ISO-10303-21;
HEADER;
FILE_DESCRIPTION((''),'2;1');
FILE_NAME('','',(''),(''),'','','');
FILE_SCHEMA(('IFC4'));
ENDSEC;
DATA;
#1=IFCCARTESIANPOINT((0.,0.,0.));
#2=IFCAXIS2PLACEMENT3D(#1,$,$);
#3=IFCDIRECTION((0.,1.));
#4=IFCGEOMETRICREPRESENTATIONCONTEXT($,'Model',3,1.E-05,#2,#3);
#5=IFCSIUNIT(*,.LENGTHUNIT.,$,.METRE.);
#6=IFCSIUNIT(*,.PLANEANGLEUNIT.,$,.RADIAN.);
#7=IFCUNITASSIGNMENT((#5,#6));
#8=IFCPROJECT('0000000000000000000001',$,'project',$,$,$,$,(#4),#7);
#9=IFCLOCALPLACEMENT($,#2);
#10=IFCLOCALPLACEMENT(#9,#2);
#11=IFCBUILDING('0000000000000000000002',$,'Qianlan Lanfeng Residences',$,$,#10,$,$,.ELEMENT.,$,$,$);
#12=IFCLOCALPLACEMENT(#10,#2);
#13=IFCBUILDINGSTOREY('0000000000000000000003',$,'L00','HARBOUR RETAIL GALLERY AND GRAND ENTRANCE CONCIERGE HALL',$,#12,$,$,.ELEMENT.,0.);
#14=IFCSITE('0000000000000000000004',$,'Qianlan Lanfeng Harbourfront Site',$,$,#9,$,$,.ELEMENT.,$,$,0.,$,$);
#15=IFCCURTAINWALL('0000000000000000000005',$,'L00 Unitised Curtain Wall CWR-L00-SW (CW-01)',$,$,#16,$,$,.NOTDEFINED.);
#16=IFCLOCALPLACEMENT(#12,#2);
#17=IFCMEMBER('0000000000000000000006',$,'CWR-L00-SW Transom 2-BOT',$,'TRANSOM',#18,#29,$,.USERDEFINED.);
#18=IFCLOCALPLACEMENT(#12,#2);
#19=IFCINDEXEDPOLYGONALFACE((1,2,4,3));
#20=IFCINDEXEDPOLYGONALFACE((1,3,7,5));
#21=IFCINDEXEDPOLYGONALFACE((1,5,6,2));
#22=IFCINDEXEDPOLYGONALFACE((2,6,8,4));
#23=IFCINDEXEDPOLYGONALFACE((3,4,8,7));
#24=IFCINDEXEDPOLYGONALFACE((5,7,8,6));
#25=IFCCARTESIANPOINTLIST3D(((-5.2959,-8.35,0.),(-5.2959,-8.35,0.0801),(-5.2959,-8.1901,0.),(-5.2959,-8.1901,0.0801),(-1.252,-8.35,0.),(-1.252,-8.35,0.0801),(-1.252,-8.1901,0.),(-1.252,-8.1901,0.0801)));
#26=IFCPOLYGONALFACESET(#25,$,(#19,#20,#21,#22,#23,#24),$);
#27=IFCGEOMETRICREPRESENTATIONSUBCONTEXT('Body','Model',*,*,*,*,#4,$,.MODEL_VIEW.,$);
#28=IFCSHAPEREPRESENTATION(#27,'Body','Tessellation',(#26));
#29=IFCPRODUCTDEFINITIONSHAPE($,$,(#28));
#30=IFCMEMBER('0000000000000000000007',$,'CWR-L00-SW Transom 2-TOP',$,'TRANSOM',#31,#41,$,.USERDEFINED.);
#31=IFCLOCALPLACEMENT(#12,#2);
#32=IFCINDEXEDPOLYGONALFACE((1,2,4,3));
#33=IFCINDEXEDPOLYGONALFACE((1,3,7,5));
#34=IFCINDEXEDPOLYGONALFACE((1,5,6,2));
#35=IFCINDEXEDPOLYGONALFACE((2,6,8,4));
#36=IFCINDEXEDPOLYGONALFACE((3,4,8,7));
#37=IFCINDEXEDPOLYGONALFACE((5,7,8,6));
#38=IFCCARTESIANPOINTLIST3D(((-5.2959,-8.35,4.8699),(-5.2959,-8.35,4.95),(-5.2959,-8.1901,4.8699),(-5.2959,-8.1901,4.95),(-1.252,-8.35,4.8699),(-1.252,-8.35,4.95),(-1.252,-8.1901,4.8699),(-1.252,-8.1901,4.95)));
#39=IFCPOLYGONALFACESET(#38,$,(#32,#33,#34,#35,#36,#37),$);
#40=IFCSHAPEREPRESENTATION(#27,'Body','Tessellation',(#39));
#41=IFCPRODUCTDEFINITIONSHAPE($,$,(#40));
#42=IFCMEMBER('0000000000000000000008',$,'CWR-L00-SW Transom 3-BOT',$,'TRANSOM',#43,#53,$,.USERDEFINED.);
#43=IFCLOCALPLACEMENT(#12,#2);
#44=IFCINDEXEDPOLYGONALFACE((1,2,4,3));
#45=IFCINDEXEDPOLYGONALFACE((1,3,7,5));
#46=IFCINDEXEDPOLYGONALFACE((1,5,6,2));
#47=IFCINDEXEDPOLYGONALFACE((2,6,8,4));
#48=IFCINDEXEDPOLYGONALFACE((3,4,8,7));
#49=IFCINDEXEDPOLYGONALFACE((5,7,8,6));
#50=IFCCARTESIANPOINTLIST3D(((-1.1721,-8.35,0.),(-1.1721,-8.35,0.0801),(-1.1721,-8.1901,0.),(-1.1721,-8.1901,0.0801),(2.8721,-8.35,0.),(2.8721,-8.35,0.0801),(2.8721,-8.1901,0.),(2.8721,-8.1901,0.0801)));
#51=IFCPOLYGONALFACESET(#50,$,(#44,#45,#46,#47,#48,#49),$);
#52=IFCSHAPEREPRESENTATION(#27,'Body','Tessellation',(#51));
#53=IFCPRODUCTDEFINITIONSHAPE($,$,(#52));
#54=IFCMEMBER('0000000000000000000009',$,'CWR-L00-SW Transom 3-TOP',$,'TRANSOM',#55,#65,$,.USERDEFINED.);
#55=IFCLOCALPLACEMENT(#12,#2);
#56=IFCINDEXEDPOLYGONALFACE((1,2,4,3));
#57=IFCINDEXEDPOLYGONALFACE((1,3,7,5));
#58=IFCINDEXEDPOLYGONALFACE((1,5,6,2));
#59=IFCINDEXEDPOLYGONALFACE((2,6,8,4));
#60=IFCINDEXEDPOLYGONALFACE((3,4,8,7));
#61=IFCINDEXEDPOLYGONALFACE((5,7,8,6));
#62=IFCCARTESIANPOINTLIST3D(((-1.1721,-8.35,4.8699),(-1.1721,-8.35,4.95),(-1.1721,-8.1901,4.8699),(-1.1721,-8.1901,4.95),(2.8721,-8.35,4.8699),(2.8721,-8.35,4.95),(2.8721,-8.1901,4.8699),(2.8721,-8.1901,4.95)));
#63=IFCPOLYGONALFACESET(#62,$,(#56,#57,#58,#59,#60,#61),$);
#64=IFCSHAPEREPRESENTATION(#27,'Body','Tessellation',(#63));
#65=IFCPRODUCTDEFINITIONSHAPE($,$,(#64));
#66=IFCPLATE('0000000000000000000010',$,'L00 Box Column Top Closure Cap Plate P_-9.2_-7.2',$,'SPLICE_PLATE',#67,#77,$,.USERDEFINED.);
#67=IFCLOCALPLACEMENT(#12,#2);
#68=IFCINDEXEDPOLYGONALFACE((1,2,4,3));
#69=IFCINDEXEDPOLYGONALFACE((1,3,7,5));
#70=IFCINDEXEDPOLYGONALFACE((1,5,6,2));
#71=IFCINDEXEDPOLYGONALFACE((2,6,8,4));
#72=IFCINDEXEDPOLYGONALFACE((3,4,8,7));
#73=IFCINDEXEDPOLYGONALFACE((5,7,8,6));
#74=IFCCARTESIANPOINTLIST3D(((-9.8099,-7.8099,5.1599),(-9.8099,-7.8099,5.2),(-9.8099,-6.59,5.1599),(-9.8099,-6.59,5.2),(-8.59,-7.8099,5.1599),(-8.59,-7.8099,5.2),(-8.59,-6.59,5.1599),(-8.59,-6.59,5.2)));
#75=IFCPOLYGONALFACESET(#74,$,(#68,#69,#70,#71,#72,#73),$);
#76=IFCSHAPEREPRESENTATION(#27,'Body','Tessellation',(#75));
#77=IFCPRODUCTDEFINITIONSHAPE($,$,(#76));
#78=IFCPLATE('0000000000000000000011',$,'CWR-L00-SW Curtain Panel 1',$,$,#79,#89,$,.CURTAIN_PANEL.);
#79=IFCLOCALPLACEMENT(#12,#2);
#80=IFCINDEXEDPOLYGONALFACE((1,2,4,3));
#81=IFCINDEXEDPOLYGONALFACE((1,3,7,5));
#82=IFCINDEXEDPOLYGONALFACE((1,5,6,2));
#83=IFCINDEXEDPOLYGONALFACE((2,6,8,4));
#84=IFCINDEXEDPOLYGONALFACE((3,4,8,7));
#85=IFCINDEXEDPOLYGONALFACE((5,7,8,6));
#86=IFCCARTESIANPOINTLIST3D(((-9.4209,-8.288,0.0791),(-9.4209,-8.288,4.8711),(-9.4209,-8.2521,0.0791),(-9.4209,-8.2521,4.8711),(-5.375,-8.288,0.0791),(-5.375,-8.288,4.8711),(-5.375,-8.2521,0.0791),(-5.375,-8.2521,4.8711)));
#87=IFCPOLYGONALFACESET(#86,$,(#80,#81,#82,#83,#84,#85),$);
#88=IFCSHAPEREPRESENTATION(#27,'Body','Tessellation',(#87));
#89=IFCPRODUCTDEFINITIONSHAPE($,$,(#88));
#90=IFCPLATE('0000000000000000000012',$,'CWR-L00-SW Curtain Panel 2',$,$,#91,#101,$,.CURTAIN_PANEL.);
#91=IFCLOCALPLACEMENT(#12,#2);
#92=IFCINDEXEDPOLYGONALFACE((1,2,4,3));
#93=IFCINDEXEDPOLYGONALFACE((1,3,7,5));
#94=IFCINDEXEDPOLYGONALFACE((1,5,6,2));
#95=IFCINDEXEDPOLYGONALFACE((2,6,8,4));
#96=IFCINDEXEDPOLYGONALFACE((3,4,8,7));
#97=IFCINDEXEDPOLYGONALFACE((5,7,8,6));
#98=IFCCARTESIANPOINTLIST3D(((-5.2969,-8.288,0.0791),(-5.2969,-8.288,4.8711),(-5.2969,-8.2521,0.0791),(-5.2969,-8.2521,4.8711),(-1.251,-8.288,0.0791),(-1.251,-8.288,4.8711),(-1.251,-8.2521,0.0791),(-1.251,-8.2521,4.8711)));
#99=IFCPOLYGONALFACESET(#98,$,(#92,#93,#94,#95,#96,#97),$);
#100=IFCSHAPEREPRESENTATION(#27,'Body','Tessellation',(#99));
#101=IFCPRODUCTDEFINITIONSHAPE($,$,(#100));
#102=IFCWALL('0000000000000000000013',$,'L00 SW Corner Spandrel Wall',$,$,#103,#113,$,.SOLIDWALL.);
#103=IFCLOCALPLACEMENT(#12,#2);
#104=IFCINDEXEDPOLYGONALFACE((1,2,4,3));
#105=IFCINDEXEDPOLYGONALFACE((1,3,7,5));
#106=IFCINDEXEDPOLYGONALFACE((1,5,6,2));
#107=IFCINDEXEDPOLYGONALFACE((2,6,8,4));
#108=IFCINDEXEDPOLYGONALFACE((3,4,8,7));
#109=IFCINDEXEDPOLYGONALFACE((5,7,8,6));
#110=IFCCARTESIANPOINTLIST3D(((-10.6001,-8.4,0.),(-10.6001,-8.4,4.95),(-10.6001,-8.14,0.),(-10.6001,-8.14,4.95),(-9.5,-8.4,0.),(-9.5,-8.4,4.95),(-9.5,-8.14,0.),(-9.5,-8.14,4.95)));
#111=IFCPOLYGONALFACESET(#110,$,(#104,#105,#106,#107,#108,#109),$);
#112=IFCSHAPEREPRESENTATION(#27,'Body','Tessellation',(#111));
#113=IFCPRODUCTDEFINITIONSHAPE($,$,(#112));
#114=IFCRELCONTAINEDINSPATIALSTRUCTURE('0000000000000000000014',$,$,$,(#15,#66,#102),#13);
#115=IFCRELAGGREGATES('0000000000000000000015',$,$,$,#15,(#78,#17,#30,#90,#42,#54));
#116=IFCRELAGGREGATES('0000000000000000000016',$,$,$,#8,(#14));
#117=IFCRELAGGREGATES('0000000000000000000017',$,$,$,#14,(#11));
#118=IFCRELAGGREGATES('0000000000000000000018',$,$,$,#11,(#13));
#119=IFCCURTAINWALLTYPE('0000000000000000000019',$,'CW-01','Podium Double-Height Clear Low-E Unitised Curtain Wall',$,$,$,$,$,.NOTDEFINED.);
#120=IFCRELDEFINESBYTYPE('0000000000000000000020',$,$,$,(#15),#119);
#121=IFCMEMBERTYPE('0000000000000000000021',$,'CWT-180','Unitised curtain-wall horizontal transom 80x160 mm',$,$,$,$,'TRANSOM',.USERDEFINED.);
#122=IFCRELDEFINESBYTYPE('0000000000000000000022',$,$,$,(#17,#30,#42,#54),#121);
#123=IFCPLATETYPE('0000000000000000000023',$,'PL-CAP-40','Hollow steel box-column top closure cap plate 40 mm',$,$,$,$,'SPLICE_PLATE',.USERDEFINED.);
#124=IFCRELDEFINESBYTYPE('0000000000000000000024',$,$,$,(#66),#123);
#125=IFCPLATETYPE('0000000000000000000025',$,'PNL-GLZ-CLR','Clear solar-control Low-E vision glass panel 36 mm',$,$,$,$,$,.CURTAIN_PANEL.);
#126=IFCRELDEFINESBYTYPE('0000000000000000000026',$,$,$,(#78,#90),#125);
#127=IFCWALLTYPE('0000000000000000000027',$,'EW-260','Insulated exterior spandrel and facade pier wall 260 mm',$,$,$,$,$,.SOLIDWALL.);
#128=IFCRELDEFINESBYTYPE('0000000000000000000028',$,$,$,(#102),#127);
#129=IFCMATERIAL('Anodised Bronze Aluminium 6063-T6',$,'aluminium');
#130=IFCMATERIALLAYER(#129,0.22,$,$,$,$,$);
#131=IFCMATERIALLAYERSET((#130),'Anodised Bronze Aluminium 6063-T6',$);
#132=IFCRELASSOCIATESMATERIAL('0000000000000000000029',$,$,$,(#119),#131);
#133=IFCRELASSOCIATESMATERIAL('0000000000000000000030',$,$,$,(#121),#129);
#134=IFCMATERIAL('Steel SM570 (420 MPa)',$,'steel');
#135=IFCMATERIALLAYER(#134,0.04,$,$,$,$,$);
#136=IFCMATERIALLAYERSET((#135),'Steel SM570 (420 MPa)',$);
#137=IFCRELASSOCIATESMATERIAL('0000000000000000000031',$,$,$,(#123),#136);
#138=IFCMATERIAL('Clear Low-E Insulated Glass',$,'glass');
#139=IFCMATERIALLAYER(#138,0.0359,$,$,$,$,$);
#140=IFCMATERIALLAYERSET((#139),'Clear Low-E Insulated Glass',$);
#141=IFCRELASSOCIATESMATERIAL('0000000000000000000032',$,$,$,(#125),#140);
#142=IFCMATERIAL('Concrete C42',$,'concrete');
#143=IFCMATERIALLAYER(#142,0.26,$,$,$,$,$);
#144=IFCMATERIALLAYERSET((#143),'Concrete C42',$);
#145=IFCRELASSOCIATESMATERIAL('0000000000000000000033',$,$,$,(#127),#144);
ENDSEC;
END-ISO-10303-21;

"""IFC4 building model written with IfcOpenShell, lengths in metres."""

from ifc_helpers import new_model, si_unit, direction, frame, frame_2d, origin, origin_2d, place, context, subcontext, project, spatial, rectangle, extrude, source, transform, mapped, material, layer, layer_set, material_profile, profile_set, type_object, element, aggregate, save


model = new_model("IFC4")

# Units and contexts
model_context = context("Model", 3, precision=1e-05, world=origin(), true_north=direction((0.0, 1.0)))
body_context = subcontext(model_context, "Body", "Model", "MODEL_VIEW")
ifc_project = project(units=[si_unit("LENGTHUNIT", "METRE"), si_unit("PLANEANGLEUNIT", "RADIAN")], contexts=[model_context])

# Site, building, storey
site_placement = place(None, origin())
site = spatial("IfcSite", under=ifc_project, at=site_placement, Name="Qianlan Lanfeng Harbourfront Site", CompositionType="ELEMENT", RefElevation=0.0)
building_placement = place(site_placement, origin())
building = spatial("IfcBuilding", under=site, at=building_placement, Name="Qianlan Lanfeng Residences", CompositionType="ELEMENT")
storey_placement = place(building_placement, origin())
storey = spatial("IfcBuildingStorey", under=building, at=storey_placement, Name="L00", Description="HARBOUR RETAIL GALLERY AND GRAND ENTRANCE CONCIERGE HALL", CompositionType="ELEMENT", Elevation=0.0)

# Shared definitions
ifc_material_1 = material(Name="Steel SM570 (420 MPa)", Category="steel")

# Curtain wall, members
ifc_material_2 = material(Name="Anodised Bronze Aluminium 6063-T6", Category="aluminium")
ifc_layer_1 = layer(ifc_material_2, 0.22)
ifc_layer_set_1 = layer_set([ifc_layer_1], Name="Anodised Bronze Aluminium 6063-T6")
curtain_wall_type = type_object("IfcCurtainWallType", Name="CW-01", Description="Podium Double-Height Clear Low-E Unitised Curtain Wall", PredefinedType="NOTDEFINED", material=ifc_layer_set_1)
curtain_wall_placement = place(storey_placement, origin())
curtain_wall = element("IfcCurtainWall", 1, at=curtain_wall_placement, inside=storey, type_object=curtain_wall_type, Name="L00 Unitised Curtain Wall CWR-L00-SW (CW-01)", PredefinedType="NOTDEFINED")
ifc_material_profile_1 = material_profile(ifc_material_2, rectangle(XDim=0.0801, YDim=0.1599, at=origin_2d()), Name="ALU TRANSOM 80x160")
ifc_profile_set_1 = profile_set([ifc_material_profile_1], Name="Anodised Bronze Aluminium 6063-T6")
member_type_1 = type_object("IfcMemberType", Name="CWT-180", Description="Unitised curtain-wall horizontal transom 80x160 mm", ElementType="TRANSOM", PredefinedType="USERDEFINED", material=ifc_profile_set_1)
shared_shape_1 = source(origin(), body_context, "Body", "SweptSolid", [
    extrude(rectangle(XDim=0.0801, YDim=0.1599, at=origin_2d()), origin(), (0.0, 0.0, 1.0), 4.0439),
])
member_1_placement = place(storey_placement, frame((-5.2959, -8.27, 0.04), z_axis=(1.0, 0.0, 0.0), x_axis=(0.0, 0.0, 1.0)))
member_1 = element("IfcMember", 2, at=member_1_placement, type_object=member_type_1, Name="CWR-L00-SW Transom 2-BOT", ObjectType="TRANSOM", PredefinedType="USERDEFINED", context=body_context, shape_type="MappedRepresentation", body=[
    mapped(shared_shape_1, transform((0.0, 0.0, 0.0), scale=1.0)),
])
member_2_placement = place(storey_placement, frame((-5.2959, -8.27, 4.9099), z_axis=(1.0, 0.0, 0.0), x_axis=(0.0, 0.0, 1.0)))
member_2 = element("IfcMember", 3, at=member_2_placement, type_object=member_type_1, Name="CWR-L00-SW Transom 2-TOP", ObjectType="TRANSOM", PredefinedType="USERDEFINED", context=body_context, shape_type="MappedRepresentation", body=[
    mapped(shared_shape_1, transform((0.0, 0.0, 0.0), scale=1.0)),
])
shared_shape_2 = source(origin(), body_context, "Body", "SweptSolid", [
    extrude(rectangle(XDim=0.0801, YDim=0.1599, at=origin_2d()), origin(), (0.0, 0.0, 1.0), 4.0442),
])
member_3_placement = place(storey_placement, frame((-1.1721, -8.27, 0.04), z_axis=(1.0, 0.0, 0.0), x_axis=(0.0, 0.0, 1.0)))
member_3 = element("IfcMember", 4, at=member_3_placement, type_object=member_type_1, Name="CWR-L00-SW Transom 3-BOT", ObjectType="TRANSOM", PredefinedType="USERDEFINED", context=body_context, shape_type="MappedRepresentation", body=[
    mapped(shared_shape_2, transform((0.0, 0.0, 0.0), scale=1.0)),
])
member_4_placement = place(storey_placement, frame((-1.1721, -8.27, 4.9099), z_axis=(1.0, 0.0, 0.0), x_axis=(0.0, 0.0, 1.0)))
member_4 = element("IfcMember", 5, at=member_4_placement, type_object=member_type_1, Name="CWR-L00-SW Transom 3-TOP", ObjectType="TRANSOM", PredefinedType="USERDEFINED", context=body_context, shape_type="MappedRepresentation", body=[
    mapped(shared_shape_2, transform((0.0, 0.0, 0.0), scale=1.0)),
])

# Plates
ifc_layer_2 = layer(ifc_material_1, 0.04)
ifc_layer_set_2 = layer_set([ifc_layer_2], Name="Steel SM570 (420 MPa)")
plate_type_1 = type_object("IfcPlateType", Name="PL-CAP-40", Description="Hollow steel box-column top closure cap plate 40 mm", ElementType="SPLICE_PLATE", PredefinedType="USERDEFINED", material=ifc_layer_set_2)
shared_shape_3 = source(origin(), body_context, "Body", "SweptSolid", [
    extrude(rectangle(XDim=1.22, YDim=1.22, at=origin_2d()), origin(), (0.0, 0.0, 1.0), 0.04),
])
plate_1_placement = place(storey_placement, frame((-9.2, -7.2, 5.1599), z_axis=(0.0, 0.0, 1.0), x_axis=(1.0, 0.0, 0.0)))
element("IfcPlate", 6, at=plate_1_placement, inside=storey, type_object=plate_type_1, Name="L00 Box Column Top Closure Cap Plate P_-9.2_-7.2", ObjectType="SPLICE_PLATE", PredefinedType="USERDEFINED", context=body_context, shape_type="MappedRepresentation", body=[
    mapped(shared_shape_3, transform((0.0, 0.0, 0.0), scale=1.0)),
])
ifc_material_3 = material(Name="Clear Low-E Insulated Glass", Category="glass")
ifc_layer_3 = layer(ifc_material_3, 0.0359)
ifc_layer_set_3 = layer_set([ifc_layer_3], Name="Clear Low-E Insulated Glass")
plate_type_2 = type_object("IfcPlateType", Name="PNL-GLZ-CLR", Description="Clear solar-control Low-E vision glass panel 36 mm", PredefinedType="CURTAIN_PANEL", material=ifc_layer_set_3)
shared_shape_4 = source(origin(), body_context, "Body", "SweptSolid", [
    extrude(rectangle(XDim=4.0459, YDim=0.0359, at=origin_2d()), origin(), (0.0, 0.0, 1.0), 4.792),
])
plate_2_placement = place(storey_placement, frame((-7.3979, -8.27, 0.0791), z_axis=(0.0, 0.0, 1.0), x_axis=(1.0, 0.0, 0.0)))
plate_2 = element("IfcPlate", 7, at=plate_2_placement, type_object=plate_type_2, Name="CWR-L00-SW Curtain Panel 1", PredefinedType="CURTAIN_PANEL", context=body_context, shape_type="MappedRepresentation", body=[
    mapped(shared_shape_4, transform((0.0, 0.0, 0.0), scale=1.0)),
])
plate_3_placement = place(storey_placement, frame((-3.2739, -8.27, 0.0791), z_axis=(0.0, 0.0, 1.0), x_axis=(1.0, 0.0, 0.0)))
plate_3 = element("IfcPlate", 8, at=plate_3_placement, type_object=plate_type_2, Name="CWR-L00-SW Curtain Panel 2", PredefinedType="CURTAIN_PANEL", context=body_context, shape_type="MappedRepresentation", body=[
    mapped(shared_shape_4, transform((0.0, 0.0, 0.0), scale=1.0)),
])
aggregate(curtain_wall, [plate_2, member_1, member_2, plate_3, member_3, member_4])

# Wall
ifc_material_4 = material(Name="Concrete C42", Category="concrete")
ifc_layer_4 = layer(ifc_material_4, 0.26)
ifc_layer_set_4 = layer_set([ifc_layer_4], Name="Concrete C42")
wall_type = type_object("IfcWallType", Name="EW-260", Description="Insulated exterior spandrel and facade pier wall 260 mm", PredefinedType="SOLIDWALL", material=ifc_layer_set_4)
wall_placement = place(storey_placement, frame((-10.6001, -8.27, 0.0), z_axis=(0.0, 0.0, 1.0), x_axis=(1.0, 0.0, 0.0)))
element("IfcWall", 9, at=wall_placement, inside=storey, type_object=wall_type, Name="L00 SW Corner Spandrel Wall", PredefinedType="SOLIDWALL", context=body_context, shape_type="SweptSolid", body=[
    extrude(rectangle(XDim=1.1001, YDim=0.26, at=frame_2d((0.55, 0.0))), origin(), (0.0, 0.0, 1.0), 4.95),
])

save(model, "model.ifc")
